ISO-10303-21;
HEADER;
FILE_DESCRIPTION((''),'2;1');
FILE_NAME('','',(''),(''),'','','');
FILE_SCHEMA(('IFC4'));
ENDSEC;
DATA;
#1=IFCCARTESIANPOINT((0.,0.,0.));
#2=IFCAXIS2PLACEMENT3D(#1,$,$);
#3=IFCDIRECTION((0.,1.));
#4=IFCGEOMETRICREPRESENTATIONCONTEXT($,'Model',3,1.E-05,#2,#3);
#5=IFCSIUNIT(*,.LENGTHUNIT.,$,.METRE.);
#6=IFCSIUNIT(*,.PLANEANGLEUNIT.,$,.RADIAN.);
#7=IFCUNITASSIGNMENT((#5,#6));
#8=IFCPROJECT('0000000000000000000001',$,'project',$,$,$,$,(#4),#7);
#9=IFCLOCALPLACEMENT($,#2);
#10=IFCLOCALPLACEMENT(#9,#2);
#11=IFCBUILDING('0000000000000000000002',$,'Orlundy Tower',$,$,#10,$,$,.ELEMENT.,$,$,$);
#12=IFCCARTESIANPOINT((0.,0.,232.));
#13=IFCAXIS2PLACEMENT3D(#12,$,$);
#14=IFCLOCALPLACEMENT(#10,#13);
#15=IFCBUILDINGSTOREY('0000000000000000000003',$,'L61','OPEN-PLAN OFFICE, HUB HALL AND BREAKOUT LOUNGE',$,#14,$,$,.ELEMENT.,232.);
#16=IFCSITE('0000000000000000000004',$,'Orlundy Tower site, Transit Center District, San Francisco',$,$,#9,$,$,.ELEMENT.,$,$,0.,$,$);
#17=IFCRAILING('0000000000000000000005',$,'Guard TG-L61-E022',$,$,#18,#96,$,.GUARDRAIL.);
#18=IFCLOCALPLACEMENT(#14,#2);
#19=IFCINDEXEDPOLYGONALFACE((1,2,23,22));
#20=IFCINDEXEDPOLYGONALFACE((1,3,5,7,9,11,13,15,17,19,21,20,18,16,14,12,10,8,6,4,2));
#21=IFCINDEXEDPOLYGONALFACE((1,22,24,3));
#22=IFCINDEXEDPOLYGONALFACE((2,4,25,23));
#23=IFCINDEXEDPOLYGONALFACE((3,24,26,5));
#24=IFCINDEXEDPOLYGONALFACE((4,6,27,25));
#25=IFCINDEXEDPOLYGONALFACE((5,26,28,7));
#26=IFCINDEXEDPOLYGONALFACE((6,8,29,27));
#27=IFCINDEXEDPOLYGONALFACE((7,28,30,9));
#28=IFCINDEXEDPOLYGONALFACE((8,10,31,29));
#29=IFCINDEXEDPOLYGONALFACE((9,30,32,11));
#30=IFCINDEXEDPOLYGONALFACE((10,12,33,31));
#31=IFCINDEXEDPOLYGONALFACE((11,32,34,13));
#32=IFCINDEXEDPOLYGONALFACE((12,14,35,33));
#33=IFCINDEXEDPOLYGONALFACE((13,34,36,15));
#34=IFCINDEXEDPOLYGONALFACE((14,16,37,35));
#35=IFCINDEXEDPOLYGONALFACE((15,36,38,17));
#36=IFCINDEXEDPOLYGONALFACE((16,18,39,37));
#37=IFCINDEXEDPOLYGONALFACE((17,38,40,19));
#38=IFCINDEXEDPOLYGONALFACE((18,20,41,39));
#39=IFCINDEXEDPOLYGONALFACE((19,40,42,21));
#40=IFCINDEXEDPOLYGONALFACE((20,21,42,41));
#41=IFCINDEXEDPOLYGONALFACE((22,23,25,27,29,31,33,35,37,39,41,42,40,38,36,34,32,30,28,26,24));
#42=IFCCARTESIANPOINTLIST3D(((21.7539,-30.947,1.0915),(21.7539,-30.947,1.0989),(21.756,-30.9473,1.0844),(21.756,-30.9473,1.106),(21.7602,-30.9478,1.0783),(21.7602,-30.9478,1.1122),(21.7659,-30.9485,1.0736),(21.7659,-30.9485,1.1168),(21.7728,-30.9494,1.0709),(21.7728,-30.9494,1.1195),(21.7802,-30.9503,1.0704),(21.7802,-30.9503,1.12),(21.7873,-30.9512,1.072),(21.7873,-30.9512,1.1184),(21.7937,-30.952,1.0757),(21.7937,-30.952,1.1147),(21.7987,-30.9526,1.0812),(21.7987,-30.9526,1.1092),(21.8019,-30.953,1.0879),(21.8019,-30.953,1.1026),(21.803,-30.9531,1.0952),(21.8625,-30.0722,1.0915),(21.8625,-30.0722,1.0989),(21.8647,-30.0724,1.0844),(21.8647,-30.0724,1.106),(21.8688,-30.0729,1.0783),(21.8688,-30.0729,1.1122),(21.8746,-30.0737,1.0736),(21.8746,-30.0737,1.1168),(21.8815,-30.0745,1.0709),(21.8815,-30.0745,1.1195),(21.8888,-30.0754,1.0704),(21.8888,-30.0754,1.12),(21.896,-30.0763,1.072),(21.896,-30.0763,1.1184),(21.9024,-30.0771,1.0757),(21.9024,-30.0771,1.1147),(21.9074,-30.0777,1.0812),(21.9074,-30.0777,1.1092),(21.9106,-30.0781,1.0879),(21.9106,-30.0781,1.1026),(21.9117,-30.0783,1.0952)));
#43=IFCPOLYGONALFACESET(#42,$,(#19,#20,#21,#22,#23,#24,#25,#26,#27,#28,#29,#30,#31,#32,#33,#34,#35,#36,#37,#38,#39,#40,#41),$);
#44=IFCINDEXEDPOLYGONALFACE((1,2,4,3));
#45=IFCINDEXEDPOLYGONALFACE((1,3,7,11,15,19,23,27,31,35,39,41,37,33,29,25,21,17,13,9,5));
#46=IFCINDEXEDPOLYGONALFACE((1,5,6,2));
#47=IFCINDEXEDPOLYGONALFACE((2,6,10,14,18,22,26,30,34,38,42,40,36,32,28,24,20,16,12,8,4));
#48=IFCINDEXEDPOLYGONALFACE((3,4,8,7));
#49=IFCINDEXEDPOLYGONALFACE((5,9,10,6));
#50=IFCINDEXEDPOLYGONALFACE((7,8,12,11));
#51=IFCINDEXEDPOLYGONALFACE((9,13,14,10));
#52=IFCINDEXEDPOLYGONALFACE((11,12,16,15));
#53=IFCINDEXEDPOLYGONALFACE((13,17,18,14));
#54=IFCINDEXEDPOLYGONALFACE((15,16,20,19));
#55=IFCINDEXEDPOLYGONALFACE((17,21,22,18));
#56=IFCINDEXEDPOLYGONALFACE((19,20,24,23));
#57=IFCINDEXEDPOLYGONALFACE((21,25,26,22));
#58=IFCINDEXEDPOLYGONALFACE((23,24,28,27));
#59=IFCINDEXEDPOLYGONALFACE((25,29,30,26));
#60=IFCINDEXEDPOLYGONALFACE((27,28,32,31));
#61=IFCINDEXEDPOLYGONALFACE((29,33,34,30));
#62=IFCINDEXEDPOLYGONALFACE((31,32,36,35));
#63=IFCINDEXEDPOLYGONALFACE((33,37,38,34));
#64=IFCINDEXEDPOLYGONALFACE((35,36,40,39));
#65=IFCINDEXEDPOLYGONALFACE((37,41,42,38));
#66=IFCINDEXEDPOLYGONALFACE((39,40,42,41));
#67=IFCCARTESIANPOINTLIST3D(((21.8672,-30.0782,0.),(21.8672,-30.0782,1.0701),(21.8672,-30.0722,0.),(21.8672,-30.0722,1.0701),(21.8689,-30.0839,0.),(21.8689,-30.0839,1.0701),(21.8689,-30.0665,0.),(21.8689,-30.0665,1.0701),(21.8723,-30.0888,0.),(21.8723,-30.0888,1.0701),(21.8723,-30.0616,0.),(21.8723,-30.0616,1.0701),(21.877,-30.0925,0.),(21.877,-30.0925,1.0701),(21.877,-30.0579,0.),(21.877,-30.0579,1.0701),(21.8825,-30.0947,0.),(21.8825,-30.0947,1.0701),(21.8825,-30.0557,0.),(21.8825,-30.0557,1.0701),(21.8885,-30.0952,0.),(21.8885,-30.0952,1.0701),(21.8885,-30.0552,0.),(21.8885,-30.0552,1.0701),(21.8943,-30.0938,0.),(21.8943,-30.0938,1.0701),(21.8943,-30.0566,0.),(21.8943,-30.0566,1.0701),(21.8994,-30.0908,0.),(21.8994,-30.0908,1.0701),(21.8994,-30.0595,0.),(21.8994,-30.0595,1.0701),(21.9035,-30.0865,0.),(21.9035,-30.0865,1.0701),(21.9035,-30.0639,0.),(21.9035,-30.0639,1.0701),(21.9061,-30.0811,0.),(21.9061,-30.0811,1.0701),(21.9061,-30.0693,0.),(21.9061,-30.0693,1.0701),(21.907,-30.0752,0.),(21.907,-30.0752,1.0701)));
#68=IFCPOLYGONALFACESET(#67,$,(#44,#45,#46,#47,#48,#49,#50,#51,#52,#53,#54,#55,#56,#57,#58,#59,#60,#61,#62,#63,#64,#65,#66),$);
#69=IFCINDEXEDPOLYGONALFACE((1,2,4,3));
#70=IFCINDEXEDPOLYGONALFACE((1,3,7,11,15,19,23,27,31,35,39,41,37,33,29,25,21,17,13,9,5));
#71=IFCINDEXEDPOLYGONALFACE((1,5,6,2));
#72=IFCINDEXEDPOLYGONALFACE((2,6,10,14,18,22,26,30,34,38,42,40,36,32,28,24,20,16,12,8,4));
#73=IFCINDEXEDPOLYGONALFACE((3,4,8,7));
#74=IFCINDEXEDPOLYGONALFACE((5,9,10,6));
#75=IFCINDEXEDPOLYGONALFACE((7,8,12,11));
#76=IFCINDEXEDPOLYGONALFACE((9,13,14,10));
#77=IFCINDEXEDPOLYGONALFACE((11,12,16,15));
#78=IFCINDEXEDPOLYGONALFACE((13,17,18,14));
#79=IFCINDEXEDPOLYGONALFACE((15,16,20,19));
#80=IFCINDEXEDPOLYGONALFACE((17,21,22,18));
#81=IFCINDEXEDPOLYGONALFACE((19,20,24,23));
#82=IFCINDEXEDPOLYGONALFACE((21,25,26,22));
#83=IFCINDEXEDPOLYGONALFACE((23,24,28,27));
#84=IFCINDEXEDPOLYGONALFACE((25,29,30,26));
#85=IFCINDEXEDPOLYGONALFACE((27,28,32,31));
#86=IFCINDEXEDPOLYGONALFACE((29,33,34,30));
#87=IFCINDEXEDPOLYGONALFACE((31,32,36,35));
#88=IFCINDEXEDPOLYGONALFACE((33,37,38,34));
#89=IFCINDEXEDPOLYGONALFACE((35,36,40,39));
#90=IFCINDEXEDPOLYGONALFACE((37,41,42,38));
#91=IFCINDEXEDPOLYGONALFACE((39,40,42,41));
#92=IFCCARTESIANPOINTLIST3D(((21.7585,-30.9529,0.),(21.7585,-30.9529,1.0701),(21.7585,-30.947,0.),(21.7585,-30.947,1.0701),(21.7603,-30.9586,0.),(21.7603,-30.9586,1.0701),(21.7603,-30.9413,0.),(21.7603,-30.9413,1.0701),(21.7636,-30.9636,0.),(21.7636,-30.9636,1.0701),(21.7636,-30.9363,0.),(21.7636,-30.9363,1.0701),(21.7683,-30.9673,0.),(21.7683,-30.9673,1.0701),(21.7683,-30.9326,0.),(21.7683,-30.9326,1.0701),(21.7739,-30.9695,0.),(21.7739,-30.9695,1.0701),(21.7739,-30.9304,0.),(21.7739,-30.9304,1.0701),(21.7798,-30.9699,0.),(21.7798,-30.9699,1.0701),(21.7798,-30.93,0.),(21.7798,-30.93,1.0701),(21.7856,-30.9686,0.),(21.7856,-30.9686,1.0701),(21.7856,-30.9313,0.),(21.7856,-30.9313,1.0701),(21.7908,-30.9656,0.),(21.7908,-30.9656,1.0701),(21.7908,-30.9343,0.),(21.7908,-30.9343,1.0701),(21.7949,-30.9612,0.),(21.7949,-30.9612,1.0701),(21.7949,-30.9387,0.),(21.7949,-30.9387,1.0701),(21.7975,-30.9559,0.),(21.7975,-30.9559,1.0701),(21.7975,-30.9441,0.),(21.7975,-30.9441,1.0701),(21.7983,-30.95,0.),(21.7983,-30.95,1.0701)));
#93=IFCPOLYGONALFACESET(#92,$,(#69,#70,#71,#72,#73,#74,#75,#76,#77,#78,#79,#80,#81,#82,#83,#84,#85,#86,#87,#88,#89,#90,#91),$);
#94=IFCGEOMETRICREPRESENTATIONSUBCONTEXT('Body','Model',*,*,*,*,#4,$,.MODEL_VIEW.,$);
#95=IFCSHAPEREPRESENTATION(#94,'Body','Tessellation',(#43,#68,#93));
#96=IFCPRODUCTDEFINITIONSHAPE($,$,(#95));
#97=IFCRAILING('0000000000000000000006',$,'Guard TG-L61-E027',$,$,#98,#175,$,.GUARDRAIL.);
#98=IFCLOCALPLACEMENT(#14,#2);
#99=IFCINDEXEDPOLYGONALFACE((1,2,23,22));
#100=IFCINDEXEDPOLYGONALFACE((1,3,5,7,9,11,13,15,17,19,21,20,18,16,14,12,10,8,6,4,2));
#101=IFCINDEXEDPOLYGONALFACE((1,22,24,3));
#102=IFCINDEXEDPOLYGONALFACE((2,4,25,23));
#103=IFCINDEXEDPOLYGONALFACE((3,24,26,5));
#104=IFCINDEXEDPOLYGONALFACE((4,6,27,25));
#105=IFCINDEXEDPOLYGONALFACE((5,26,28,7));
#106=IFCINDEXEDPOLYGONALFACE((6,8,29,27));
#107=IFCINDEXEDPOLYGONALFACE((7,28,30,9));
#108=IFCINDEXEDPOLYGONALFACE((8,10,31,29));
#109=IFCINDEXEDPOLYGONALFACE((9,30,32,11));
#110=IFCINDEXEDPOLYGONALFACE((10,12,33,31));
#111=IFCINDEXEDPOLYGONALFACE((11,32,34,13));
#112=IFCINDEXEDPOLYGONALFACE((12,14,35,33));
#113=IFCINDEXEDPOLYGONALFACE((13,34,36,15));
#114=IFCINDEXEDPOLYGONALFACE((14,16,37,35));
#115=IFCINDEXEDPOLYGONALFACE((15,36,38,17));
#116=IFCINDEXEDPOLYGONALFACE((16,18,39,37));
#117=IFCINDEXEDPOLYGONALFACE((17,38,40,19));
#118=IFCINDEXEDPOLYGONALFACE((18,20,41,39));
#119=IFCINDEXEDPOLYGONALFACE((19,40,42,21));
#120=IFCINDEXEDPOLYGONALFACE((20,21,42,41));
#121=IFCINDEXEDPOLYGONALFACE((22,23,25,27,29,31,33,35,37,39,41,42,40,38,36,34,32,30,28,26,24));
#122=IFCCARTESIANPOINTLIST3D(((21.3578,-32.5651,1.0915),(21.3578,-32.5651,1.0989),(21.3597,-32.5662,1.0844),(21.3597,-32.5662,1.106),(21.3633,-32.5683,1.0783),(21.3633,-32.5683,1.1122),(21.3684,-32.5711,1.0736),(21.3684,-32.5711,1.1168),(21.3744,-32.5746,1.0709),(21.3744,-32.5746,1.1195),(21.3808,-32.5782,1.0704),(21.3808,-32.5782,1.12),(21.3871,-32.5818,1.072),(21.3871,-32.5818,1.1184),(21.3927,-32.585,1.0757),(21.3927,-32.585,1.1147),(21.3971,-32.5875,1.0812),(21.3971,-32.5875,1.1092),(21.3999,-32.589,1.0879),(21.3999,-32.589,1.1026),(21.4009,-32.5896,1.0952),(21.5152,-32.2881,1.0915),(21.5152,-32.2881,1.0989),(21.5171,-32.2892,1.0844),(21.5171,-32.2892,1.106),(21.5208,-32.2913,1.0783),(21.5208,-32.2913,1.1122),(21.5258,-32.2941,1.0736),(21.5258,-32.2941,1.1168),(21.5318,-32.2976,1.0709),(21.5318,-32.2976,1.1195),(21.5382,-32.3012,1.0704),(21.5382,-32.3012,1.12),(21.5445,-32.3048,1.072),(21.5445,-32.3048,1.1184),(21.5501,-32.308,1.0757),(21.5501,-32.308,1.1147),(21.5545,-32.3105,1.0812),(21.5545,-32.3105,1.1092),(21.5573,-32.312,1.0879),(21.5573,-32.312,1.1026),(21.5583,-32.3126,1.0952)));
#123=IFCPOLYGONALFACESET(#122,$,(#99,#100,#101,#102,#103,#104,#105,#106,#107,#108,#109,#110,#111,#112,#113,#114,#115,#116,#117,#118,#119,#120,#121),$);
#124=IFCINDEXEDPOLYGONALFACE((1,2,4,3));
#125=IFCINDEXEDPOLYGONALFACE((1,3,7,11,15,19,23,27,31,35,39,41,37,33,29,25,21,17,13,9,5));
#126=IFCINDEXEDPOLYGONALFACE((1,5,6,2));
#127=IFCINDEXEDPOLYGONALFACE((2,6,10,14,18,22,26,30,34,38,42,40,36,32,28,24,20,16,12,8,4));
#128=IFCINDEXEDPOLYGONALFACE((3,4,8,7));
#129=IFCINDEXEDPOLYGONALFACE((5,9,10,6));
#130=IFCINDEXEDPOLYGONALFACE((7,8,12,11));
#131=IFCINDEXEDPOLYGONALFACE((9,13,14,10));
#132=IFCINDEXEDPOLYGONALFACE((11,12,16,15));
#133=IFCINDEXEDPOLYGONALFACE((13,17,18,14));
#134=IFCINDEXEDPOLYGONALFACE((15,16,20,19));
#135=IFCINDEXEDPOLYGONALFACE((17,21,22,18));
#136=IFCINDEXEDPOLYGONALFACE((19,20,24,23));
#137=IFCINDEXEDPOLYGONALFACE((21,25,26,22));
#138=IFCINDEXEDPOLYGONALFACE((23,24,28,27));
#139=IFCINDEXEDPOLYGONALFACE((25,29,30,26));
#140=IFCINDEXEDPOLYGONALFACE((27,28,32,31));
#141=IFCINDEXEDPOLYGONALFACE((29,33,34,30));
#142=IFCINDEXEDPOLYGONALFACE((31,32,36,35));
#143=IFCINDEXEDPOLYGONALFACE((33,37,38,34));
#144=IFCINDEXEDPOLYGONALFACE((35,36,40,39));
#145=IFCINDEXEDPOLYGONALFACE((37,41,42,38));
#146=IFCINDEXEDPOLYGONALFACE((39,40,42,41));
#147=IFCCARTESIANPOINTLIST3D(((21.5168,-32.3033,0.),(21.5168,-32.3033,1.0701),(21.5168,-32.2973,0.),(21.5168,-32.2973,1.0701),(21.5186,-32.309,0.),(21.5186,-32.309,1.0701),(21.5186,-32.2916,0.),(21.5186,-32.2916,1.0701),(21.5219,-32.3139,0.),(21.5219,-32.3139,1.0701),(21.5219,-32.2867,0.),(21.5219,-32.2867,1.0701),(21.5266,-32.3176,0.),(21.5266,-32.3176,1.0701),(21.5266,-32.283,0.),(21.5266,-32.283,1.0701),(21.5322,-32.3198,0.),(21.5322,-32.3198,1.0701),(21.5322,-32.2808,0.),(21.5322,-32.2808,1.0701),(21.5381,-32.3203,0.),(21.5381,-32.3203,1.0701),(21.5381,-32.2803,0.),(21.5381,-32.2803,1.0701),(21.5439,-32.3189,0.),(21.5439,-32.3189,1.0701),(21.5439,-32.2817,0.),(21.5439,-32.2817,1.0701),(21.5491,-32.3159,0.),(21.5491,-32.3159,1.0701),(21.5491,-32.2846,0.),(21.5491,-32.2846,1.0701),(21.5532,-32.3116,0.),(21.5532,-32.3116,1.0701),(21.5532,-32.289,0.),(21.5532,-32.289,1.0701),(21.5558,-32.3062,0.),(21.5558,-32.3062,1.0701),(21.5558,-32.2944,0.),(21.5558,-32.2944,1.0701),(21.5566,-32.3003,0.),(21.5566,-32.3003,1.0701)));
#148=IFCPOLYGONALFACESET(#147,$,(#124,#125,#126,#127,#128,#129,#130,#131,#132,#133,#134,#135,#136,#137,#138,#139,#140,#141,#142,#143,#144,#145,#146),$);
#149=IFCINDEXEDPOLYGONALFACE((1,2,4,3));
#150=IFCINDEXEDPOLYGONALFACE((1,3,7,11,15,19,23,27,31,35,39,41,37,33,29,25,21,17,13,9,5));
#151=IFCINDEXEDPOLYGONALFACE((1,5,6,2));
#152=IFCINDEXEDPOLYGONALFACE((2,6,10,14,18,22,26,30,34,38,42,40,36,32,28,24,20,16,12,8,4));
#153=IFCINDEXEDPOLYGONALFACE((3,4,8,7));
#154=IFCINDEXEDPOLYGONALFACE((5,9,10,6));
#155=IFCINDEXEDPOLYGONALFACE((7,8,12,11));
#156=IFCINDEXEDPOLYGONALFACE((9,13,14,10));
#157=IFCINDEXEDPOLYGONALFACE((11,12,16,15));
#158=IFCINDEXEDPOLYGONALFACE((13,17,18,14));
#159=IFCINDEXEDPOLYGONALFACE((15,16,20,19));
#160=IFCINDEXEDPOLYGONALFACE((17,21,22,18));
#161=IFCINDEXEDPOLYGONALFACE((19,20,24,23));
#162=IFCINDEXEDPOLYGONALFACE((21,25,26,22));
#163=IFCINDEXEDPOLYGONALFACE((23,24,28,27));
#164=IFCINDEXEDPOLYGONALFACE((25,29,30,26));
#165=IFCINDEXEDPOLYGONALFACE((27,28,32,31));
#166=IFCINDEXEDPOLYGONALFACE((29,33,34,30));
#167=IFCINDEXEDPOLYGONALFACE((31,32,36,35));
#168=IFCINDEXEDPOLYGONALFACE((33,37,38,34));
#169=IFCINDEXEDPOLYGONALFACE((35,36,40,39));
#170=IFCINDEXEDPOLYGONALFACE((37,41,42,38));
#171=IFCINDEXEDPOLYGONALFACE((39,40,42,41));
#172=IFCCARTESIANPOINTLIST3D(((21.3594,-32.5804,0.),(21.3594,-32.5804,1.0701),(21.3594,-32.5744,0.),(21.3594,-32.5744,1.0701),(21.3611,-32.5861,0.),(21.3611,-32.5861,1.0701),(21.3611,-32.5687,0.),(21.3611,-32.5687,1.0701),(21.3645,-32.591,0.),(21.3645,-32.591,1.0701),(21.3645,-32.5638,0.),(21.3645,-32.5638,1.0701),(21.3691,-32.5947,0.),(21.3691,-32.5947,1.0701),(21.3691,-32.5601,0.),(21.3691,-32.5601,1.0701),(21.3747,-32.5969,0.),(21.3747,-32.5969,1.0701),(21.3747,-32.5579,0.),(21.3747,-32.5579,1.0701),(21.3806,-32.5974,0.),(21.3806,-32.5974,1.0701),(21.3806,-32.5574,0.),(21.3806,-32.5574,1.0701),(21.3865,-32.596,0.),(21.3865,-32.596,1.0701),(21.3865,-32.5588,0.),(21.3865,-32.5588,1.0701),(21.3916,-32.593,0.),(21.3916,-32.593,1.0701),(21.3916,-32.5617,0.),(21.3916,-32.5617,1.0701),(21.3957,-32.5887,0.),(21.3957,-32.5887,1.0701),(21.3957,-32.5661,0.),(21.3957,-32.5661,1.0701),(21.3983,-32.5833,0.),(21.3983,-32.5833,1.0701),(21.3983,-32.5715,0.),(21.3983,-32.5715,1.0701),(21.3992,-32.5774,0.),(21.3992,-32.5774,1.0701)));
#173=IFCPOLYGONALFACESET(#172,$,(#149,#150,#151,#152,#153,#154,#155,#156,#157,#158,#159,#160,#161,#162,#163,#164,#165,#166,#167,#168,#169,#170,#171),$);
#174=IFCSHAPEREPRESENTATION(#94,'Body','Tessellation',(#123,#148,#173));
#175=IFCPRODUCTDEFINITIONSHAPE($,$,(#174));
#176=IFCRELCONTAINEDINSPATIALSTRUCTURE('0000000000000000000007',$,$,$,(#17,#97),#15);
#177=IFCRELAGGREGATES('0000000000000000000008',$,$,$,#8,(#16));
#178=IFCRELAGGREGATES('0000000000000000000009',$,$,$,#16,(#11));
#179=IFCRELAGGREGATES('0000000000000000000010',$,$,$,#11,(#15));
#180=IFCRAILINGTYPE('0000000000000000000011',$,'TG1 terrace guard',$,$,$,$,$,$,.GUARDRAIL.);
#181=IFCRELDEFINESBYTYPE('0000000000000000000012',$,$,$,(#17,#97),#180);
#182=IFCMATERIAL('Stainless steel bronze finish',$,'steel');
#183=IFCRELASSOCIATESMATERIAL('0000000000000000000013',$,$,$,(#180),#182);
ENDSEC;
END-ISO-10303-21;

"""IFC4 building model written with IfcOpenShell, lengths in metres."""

from ifc_helpers import new_model, si_unit, direction, frame, origin, origin_2d, place, context, subcontext, project, spatial, circle, extrude, material, type_object, element, save


model = new_model("IFC4")

# Units and contexts
model_context = context("Model", 3, precision=1e-05, world=origin(), true_north=direction((0.0, 1.0)))
body_context = subcontext(model_context, "Body", "Model", "MODEL_VIEW")
ifc_project = project(units=[si_unit("LENGTHUNIT", "METRE"), si_unit("PLANEANGLEUNIT", "RADIAN")], contexts=[model_context])

# Site, building, storey
site_placement = place(None, origin())
site = spatial("IfcSite", under=ifc_project, at=site_placement, Name="Orlundy Tower site, Transit Center District, San Francisco", CompositionType="ELEMENT", RefElevation=0.0)
building_placement = place(site_placement, origin())
building = spatial("IfcBuilding", under=site, at=building_placement, Name="Orlundy Tower", CompositionType="ELEMENT")
storey_placement = place(building_placement, frame((0.0, 0.0, 232.0)))
storey = spatial("IfcBuildingStorey", under=building, at=storey_placement, Name="L61", Description="OPEN-PLAN OFFICE, HUB HALL AND BREAKOUT LOUNGE", CompositionType="ELEMENT", Elevation=232.0)

# Railings
ifc_material_1 = material(Name="Stainless steel bronze finish", Category="steel")
railing_type = type_object("IfcRailingType", Name="TG1 terrace guard", PredefinedType="GUARDRAIL", material=ifc_material_1)
railing_1_placement = place(storey_placement, frame((21.887, -30.0752, 0.0)))
element("IfcRailing", 1, at=railing_1_placement, inside=storey, type_object=railing_type, Name="Guard TG-L61-E022", PredefinedType="GUARDRAIL", context=body_context, shape_type="SweptSolid", body=[
    extrude(circle(Radius=0.0249, at=origin_2d()), frame((0.0, 0.0, 1.0952), z_axis=(-0.123251, -0.992376, 0.0), x_axis=(0.992376, -0.123251, 0.0)), (0.0, 0.0, 1.0), 0.8816),
    extrude(circle(Radius=0.02, at=origin_2d()), origin(), (0.0, 0.0, 1.0), 1.0701),
    extrude(circle(Radius=0.02, at=origin_2d()), frame((-0.1086, -0.8748, 0.0)), (0.0, 0.0, 1.0), 1.0701),
])
railing_2_placement = place(storey_placement, frame((21.5366, -32.3003, 0.0)))
element("IfcRailing", 2, at=railing_2_placement, inside=storey, type_object=railing_type, Name="Guard TG-L61-E027", PredefinedType="GUARDRAIL", context=body_context, shape_type="SweptSolid", body=[
    extrude(circle(Radius=0.0249, at=origin_2d()), frame((0.0, 0.0, 1.0952), z_axis=(-0.494075, -0.869419, 0.0), x_axis=(0.869419, -0.494075, 0.0)), (0.0, 0.0, 1.0), 0.3186),
    extrude(circle(Radius=0.02, at=origin_2d()), origin(), (0.0, 0.0, 1.0), 1.0701),
    extrude(circle(Radius=0.02, at=origin_2d()), frame((-0.1575, -0.2771, 0.0)), (0.0, 0.0, 1.0), 1.0701),
])

save(model, "model.ifc")
